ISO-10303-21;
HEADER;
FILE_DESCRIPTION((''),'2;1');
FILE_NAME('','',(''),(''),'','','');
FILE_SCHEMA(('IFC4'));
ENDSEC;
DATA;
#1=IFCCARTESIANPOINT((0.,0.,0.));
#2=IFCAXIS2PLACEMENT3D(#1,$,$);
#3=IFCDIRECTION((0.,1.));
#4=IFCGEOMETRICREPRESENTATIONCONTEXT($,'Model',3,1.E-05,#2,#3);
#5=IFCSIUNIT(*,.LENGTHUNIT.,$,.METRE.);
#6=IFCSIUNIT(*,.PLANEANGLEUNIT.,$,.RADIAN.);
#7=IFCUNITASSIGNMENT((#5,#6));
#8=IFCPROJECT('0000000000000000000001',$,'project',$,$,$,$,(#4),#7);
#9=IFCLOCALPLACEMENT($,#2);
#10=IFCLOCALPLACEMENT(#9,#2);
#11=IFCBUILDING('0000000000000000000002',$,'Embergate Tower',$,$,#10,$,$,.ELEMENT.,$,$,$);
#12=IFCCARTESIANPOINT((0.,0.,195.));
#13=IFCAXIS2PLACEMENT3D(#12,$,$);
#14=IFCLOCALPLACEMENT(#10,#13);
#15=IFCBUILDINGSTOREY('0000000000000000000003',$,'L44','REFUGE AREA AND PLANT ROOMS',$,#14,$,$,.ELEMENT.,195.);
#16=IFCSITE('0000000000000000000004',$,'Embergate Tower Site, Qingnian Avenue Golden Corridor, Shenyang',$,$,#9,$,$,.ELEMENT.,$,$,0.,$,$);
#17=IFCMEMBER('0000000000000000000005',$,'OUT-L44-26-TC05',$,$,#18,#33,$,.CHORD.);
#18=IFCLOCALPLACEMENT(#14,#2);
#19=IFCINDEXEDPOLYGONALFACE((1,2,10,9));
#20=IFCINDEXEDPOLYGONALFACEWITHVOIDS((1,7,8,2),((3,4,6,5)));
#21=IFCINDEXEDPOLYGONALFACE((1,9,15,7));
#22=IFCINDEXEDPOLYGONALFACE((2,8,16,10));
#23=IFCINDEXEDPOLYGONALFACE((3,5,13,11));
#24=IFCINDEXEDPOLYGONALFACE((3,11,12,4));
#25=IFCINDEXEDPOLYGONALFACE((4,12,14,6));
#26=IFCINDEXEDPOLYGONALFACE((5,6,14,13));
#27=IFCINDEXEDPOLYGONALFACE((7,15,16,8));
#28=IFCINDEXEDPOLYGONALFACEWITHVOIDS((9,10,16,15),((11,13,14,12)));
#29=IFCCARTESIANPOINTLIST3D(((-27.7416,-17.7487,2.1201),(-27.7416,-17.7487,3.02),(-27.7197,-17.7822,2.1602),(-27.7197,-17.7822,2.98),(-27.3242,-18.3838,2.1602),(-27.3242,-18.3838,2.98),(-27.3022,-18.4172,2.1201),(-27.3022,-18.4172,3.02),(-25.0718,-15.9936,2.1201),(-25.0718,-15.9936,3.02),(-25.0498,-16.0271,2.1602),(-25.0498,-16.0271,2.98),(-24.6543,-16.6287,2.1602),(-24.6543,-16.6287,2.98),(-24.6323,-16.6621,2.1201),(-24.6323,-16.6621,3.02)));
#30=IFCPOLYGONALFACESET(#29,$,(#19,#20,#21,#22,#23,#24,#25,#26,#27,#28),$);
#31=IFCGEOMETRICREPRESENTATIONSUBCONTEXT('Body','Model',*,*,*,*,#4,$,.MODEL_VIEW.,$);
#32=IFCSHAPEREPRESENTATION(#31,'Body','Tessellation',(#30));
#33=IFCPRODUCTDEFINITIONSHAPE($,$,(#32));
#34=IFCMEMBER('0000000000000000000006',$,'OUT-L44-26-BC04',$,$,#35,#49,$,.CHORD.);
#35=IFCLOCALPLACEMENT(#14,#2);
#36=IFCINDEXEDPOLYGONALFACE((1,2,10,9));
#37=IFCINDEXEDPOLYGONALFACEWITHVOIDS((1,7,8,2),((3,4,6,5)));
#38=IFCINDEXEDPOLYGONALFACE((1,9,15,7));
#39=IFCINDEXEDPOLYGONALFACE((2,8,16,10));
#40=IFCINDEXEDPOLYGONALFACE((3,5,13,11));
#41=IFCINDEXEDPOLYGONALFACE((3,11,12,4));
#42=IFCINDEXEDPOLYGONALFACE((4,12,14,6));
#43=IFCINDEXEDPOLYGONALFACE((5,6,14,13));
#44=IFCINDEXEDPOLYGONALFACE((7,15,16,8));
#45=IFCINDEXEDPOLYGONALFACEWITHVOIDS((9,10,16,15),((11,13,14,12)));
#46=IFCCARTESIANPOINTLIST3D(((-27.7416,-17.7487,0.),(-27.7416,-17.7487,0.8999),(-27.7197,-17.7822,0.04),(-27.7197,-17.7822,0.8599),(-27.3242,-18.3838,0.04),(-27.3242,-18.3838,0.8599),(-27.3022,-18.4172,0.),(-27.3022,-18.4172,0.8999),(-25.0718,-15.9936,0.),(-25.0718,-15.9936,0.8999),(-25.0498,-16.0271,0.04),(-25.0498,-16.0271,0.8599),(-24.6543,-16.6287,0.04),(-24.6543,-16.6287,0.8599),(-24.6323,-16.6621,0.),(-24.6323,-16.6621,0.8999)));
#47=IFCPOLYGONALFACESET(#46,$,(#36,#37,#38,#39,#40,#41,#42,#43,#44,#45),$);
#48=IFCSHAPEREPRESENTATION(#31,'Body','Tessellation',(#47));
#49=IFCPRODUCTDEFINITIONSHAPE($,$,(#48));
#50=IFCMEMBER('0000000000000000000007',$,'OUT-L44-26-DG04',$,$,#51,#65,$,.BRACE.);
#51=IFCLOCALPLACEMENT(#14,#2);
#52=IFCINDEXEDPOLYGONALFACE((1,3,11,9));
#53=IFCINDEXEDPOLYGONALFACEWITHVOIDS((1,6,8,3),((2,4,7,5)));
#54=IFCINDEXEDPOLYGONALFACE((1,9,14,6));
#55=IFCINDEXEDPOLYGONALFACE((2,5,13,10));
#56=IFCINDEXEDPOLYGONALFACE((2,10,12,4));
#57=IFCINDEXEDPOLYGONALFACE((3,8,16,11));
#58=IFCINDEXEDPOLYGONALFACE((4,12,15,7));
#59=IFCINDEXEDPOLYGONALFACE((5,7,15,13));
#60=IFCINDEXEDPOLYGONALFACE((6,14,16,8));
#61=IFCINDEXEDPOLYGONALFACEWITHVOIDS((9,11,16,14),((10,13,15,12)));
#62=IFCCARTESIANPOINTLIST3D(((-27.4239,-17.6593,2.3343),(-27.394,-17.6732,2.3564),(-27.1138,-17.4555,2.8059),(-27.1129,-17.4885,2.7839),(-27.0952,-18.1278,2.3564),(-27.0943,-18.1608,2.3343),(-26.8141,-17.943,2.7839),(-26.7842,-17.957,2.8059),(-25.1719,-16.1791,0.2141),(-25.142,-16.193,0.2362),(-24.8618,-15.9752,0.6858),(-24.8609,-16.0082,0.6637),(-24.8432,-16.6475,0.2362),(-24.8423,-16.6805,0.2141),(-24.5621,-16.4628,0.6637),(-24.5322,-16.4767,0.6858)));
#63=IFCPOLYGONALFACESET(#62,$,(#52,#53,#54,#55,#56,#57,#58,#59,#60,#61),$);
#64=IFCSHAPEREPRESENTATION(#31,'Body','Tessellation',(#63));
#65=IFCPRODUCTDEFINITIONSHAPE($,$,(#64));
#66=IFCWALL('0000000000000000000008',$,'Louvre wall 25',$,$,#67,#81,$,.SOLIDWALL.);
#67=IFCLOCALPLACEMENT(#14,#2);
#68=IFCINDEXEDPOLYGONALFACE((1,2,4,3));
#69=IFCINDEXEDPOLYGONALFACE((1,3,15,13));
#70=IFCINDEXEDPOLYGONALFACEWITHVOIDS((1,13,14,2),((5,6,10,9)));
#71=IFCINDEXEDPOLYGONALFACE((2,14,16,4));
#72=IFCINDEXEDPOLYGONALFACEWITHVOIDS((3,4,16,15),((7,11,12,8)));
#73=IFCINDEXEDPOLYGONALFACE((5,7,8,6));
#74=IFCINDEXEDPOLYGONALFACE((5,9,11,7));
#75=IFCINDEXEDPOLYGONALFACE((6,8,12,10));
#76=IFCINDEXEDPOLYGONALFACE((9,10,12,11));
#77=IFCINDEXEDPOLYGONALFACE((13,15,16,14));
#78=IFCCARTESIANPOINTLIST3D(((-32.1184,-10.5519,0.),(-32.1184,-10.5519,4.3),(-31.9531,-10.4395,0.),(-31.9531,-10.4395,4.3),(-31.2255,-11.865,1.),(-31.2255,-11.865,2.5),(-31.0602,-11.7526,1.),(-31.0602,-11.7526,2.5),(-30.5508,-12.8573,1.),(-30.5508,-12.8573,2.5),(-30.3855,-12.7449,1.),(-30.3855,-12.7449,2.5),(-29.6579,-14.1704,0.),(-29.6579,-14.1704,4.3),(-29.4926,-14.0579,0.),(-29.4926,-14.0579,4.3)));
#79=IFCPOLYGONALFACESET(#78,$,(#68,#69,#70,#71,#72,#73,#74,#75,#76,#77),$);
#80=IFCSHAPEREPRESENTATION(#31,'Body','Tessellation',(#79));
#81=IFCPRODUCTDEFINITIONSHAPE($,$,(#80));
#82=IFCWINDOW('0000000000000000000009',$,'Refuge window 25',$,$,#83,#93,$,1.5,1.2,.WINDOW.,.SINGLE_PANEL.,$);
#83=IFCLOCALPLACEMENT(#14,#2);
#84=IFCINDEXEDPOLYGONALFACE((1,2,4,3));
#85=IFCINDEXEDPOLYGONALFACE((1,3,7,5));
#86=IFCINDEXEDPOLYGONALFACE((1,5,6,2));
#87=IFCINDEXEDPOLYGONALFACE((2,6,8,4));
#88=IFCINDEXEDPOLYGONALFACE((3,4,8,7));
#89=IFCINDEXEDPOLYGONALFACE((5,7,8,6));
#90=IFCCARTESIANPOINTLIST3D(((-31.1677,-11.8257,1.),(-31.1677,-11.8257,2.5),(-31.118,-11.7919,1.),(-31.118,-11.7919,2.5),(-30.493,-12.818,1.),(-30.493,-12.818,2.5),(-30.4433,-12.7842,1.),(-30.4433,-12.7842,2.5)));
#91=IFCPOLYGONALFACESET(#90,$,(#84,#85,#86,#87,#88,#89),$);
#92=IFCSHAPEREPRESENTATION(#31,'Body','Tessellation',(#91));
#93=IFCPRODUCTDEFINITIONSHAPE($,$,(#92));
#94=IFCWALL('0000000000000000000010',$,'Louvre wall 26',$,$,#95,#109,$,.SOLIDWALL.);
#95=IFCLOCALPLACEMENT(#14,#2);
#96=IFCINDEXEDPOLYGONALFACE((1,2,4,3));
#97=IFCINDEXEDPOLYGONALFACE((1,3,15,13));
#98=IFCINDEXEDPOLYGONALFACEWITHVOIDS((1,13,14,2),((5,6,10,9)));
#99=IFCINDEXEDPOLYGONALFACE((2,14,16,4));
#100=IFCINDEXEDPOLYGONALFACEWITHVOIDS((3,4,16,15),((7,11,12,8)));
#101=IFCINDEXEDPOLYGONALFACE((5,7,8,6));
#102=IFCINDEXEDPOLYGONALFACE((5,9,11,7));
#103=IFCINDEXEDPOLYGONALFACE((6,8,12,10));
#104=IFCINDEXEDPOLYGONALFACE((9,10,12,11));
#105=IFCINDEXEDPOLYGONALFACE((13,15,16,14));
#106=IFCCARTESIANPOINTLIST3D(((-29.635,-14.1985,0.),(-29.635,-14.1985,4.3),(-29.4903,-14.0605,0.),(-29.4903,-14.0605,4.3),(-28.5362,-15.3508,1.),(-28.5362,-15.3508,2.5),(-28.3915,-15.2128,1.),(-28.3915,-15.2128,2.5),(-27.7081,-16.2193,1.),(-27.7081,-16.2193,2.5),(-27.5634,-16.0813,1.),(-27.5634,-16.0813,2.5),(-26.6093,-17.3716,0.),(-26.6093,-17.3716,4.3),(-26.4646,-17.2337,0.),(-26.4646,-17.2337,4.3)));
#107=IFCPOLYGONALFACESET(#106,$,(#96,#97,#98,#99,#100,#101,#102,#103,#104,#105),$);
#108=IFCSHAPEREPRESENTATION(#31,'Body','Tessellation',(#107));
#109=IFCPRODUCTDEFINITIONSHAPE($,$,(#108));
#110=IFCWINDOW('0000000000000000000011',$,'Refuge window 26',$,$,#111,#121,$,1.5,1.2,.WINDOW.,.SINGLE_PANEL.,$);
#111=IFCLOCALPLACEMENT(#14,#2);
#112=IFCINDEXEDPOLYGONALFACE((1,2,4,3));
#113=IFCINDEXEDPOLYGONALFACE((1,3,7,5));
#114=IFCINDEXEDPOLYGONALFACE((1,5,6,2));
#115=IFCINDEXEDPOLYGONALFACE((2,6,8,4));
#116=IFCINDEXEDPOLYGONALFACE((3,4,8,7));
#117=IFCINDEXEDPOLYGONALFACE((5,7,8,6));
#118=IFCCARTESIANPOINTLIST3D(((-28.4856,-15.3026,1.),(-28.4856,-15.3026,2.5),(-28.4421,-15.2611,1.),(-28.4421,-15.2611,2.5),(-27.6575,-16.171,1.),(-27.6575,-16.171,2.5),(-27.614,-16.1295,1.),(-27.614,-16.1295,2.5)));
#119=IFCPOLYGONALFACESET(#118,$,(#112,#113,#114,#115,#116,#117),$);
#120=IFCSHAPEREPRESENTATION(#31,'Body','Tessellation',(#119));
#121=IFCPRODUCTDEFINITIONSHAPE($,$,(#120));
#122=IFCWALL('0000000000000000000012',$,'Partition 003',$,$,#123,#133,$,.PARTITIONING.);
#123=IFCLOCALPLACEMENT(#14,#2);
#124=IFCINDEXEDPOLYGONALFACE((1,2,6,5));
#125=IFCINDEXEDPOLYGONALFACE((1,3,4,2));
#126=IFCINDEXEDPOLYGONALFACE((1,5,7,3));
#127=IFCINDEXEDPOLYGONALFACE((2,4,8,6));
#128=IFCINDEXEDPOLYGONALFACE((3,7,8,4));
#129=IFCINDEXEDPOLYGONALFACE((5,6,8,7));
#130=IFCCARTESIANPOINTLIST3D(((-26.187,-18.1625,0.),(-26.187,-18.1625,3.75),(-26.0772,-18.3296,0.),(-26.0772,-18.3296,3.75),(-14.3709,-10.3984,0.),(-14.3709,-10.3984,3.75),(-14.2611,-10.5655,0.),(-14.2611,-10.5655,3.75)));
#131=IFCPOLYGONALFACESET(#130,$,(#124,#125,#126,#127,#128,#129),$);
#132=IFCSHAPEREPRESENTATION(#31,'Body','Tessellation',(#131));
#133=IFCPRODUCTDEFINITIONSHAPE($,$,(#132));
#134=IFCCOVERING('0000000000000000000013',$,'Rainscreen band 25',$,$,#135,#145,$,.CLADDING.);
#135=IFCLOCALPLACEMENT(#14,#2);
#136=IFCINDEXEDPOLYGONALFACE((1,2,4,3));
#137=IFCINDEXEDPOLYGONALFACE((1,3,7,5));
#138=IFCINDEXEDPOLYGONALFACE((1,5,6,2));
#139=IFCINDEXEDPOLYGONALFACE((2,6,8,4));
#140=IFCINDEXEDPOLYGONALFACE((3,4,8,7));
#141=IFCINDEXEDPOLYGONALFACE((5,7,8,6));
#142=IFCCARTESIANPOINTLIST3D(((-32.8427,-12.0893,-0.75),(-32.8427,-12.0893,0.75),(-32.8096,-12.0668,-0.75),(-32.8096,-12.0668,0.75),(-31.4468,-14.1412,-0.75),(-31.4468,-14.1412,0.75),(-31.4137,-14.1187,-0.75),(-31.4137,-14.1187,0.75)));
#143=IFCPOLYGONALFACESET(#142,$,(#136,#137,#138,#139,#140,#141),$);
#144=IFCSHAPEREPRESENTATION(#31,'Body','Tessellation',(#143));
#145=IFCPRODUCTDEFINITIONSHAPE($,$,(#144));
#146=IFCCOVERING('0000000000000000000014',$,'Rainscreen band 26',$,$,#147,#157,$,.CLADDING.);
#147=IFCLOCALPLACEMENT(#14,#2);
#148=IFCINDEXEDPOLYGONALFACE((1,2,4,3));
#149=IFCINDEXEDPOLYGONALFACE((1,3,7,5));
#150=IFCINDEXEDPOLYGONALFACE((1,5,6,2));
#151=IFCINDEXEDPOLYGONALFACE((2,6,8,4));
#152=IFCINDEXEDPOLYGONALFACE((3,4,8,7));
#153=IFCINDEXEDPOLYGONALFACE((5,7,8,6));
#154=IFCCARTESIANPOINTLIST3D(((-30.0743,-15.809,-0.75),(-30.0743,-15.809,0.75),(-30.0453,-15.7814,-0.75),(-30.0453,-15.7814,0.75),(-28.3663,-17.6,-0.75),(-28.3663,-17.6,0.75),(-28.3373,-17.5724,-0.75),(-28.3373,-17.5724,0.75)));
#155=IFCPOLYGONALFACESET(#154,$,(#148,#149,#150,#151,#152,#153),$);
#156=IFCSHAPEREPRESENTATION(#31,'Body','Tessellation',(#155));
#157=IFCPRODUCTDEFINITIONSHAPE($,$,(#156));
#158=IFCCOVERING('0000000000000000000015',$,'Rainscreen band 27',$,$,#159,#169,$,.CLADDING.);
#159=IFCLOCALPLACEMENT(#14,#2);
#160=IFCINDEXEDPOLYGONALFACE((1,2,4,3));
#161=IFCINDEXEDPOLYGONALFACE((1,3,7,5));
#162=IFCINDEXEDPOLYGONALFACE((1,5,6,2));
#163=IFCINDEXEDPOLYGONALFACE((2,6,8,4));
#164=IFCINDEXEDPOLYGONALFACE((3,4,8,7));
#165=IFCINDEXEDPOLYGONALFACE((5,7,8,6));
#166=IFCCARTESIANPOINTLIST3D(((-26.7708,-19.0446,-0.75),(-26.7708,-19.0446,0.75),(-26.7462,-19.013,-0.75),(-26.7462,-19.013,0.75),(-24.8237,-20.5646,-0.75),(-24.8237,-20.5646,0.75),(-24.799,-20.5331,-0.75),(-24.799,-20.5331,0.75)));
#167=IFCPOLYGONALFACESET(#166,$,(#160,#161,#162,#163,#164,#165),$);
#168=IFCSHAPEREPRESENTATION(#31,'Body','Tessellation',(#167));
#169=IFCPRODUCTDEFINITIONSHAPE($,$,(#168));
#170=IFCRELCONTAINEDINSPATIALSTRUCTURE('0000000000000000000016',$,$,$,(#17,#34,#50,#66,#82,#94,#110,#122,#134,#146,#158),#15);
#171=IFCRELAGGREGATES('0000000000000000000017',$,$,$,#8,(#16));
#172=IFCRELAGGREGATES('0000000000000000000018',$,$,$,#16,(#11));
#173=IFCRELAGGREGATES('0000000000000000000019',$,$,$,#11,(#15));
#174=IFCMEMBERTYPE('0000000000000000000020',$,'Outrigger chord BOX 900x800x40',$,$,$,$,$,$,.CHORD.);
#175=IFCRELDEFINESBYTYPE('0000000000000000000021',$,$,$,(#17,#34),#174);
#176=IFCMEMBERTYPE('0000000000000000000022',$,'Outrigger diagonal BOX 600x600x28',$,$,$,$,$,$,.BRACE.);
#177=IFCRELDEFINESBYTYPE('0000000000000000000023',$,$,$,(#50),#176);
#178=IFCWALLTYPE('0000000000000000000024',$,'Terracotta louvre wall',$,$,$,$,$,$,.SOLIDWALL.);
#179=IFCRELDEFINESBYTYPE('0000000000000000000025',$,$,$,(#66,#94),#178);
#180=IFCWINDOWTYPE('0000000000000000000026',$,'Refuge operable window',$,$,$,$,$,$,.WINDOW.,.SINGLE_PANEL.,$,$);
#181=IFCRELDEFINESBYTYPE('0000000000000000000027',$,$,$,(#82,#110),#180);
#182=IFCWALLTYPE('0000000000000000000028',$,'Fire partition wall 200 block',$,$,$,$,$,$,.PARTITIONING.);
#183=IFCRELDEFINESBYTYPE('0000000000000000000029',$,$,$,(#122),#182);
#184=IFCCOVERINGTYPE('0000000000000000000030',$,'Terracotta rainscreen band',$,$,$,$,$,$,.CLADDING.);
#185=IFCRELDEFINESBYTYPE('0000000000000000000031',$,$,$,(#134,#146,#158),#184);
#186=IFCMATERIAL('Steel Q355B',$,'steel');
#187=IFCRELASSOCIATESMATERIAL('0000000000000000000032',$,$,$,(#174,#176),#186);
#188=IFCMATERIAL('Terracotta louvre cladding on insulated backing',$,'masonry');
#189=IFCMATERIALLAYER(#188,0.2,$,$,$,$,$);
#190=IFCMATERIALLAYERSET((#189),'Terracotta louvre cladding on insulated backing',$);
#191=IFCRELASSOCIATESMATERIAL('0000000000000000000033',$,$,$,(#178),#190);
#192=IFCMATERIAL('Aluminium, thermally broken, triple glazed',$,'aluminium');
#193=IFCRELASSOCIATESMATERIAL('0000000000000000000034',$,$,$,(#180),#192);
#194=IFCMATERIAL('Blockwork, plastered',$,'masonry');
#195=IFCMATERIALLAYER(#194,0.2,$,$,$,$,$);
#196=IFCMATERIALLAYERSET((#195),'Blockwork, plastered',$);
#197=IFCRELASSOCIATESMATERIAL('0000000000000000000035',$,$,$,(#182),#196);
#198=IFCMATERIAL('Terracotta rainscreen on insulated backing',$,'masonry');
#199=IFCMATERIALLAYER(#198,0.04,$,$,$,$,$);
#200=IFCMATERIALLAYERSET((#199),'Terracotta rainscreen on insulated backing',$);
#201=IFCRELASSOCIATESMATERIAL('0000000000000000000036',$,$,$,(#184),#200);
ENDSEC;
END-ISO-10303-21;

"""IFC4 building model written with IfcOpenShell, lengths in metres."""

from ifc_helpers import new_model, si_unit, direction, frame, frame_2d, origin, origin_2d, place, context, subcontext, project, spatial, rectangle, hollow_rectangle, extrude, source, transform, mapped, material, layer, layer_set, material_profile, profile_set, type_object, element, fill, save


model = new_model("IFC4")

# Units and contexts
model_context = context("Model", 3, precision=1e-05, world=origin(), true_north=direction((0.0, 1.0)))
body_context = subcontext(model_context, "Body", "Model", "MODEL_VIEW")
ifc_project = project(units=[si_unit("LENGTHUNIT", "METRE"), si_unit("PLANEANGLEUNIT", "RADIAN")], contexts=[model_context])

# Site, building, storey
site_placement = place(None, origin())
site = spatial("IfcSite", under=ifc_project, at=site_placement, Name="Embergate Tower Site, Qingnian Avenue Golden Corridor, Shenyang", CompositionType="ELEMENT", RefElevation=0.0)
building_placement = place(site_placement, origin())
building = spatial("IfcBuilding", under=site, at=building_placement, Name="Embergate Tower", CompositionType="ELEMENT")
storey_placement = place(building_placement, frame((0.0, 0.0, 195.0)))
storey = spatial("IfcBuildingStorey", under=building, at=storey_placement, Name="L44", Description="REFUGE AREA AND PLANT ROOMS", CompositionType="ELEMENT", Elevation=195.0)

# Shared definitions
ifc_material_1 = material(Name="Steel Q355B", Category="steel")

# Members
ifc_material_profile_1 = material_profile(ifc_material_1, hollow_rectangle(XDim=0.8, YDim=0.8999, WallThickness=0.04, at=origin_2d()), Name="BOX 900x800x40")
ifc_profile_set_1 = profile_set([ifc_material_profile_1], Name="Steel Q355 grade B")
member_type_1 = type_object("IfcMemberType", Name="Outrigger chord BOX 900x800x40", PredefinedType="CHORD", material=ifc_profile_set_1)
shared_shape_1 = source(origin(), body_context, "Body", "SweptSolid", [
    extrude(hollow_rectangle(XDim=0.8, YDim=0.8999, WallThickness=0.04, at=origin_2d()), origin(), (0.0, 0.0, 1.0), 3.1951),
])
for number, where, z_axis, x_axis, name in (
    (1, (-24.8521, -16.3279, 2.5701), (-0.835618, -0.549311, 0.0), (0.549311, -0.835618, 0.0), "OUT-L44-26-TC05"),
    (2, (-24.8521, -16.3279, 0.45), (-0.835618, -0.549311, 0.0), (0.549311, -0.835618, 0.0), "OUT-L44-26-BC04"),
):
    element("IfcMember", number, at=place(storey_placement, frame(where, z_axis=z_axis, x_axis=x_axis)), inside=storey, type_object=member_type_1, Name=name, PredefinedType="CHORD", context=body_context, shape_type="MappedRepresentation", body=[
        mapped(shared_shape_1, transform((0.0, 0.0, 0.0))),
    ])
ifc_material_profile_2 = material_profile(ifc_material_1, hollow_rectangle(XDim=0.6001, YDim=0.6001, WallThickness=0.0281, at=origin_2d()), Name="BOX 600x600x28")
ifc_profile_set_2 = profile_set([ifc_material_profile_2], Name="Steel Q355 grade B")
member_type_2 = type_object("IfcMemberType", Name="Outrigger diagonal BOX 600x600x28", PredefinedType="BRACE", material=ifc_profile_set_2)
shared_shape_2 = source(origin(), body_context, "Body", "SweptSolid", [
    extrude(hollow_rectangle(XDim=0.6001, YDim=0.6001, WallThickness=0.0281, at=origin_2d()), origin(), (0.0, 0.0, 1.0), 3.429),
])
member_1_placement = place(storey_placement, frame((-24.8521, -16.3279, 0.45), z_axis=(-0.65676, -0.431693, 0.618311), x_axis=(0.549274, -0.835643, 0.0)))
element("IfcMember", 3, at=member_1_placement, inside=storey, type_object=member_type_2, Name="OUT-L44-26-DG04", PredefinedType="BRACE", context=body_context, shape_type="MappedRepresentation", body=[
    mapped(shared_shape_2, transform((0.0, 0.0, 0.0))),
])

# Walls, openings, windows
ifc_material_2 = material(Name="Terracotta louvre cladding on insulated backing", Category="masonry")
ifc_layer_1 = layer(ifc_material_2, 0.2)
ifc_layer_set_1 = layer_set([ifc_layer_1], Name="Terracotta louvre cladding on insulated backing")
wall_type_1 = type_object("IfcWallType", Name="Terracotta louvre wall", PredefinedType="SOLIDWALL", material=ifc_layer_set_1)
shared_shape_3 = source(origin(), body_context, "Body", "SweptSolid", [
    extrude(rectangle(XDim=4.3757, YDim=0.2, at=frame_2d((2.188, 0.0))), origin(), (0.0, 0.0, 1.0), 4.3),
])
wall_1_placement = place(storey_placement, frame((-29.5752, -14.1143, 0.0), z_axis=(0.0, 0.0, 1.0), x_axis=(-0.562299, 0.826934, 0.0)))
wall_1 = element("IfcWall", 4, at=wall_1_placement, inside=storey, type_object=wall_type_1, Name="Louvre wall 25", PredefinedType="SOLIDWALL", context=body_context, shape_type="MappedRepresentation", body=[
    mapped(shared_shape_3, transform((0.0, 0.0, 0.0))),
])
shared_shape_4 = source(origin(), body_context, "Body", "SweptSolid", [
    extrude(rectangle(XDim=1.2, YDim=1.5, at=frame_2d((0.6001, 0.75))), frame((0.0, 0.1099, 0.0), z_axis=(0.0, -1.0, 0.0), x_axis=(1.0, 0.0, 0.0)), (0.0, 0.0, 1.0), 0.22),
])
opening_1_placement = place(wall_1_placement, frame((1.5879, 0.0, 1.0)))
opening_1 = element("IfcOpeningElement", 5, at=opening_1_placement, cuts=wall_1, PredefinedType="OPENING", context=body_context, shape_type="MappedRepresentation", body=[
    mapped(shared_shape_4, transform((0.0, 0.0, 0.0))),
])
ifc_material_3 = material(Name="Aluminium, thermally broken, triple glazed", Category="aluminium")
window_type = type_object("IfcWindowType", Name="Refuge operable window", PartitioningType="SINGLE_PANEL", PredefinedType="WINDOW", material=ifc_material_3)
shared_shape_5 = source(origin(), body_context, "Body", "SweptSolid", [
    extrude(rectangle(XDim=1.2, YDim=1.5, at=frame_2d((0.6001, 0.75))), frame((0.0, 0.03, 0.0), z_axis=(0.0, -1.0, 0.0), x_axis=(1.0, 0.0, 0.0)), (0.0, 0.0, 1.0), 0.0601),
])
window_1_placement = place(opening_1_placement, origin())
window_1 = element("IfcWindow", 6, at=window_1_placement, inside=storey, type_object=window_type, Name="Refuge window 25", OverallHeight=1.5, OverallWidth=1.2, PartitioningType="SINGLE_PANEL", PredefinedType="WINDOW", context=body_context, shape_type="MappedRepresentation", body=[
    mapped(shared_shape_5, transform((0.0, 0.0, 0.0))),
])
fill(opening_1, window_1)
shared_shape_6 = source(origin(), body_context, "Body", "SweptSolid", [
    extrude(rectangle(XDim=4.3845, YDim=0.2, at=frame_2d((2.1924, 0.0))), origin(), (0.0, 0.0, 1.0), 4.3),
])
wall_2_placement = place(storey_placement, frame((-26.5369, -17.3027, 0.0), z_axis=(0.0, 0.0, 1.0), x_axis=(-0.69009, 0.723723, 0.0)))
wall_2 = element("IfcWall", 7, at=wall_2_placement, inside=storey, type_object=wall_type_1, Name="Louvre wall 26", PredefinedType="SOLIDWALL", context=body_context, shape_type="MappedRepresentation", body=[
    mapped(shared_shape_6, transform((0.0, 0.0, 0.0))),
])
opening_2_placement = place(wall_2_placement, frame((1.5923, 0.0, 1.0)))
opening_2 = element("IfcOpeningElement", 8, at=opening_2_placement, cuts=wall_2, PredefinedType="OPENING", context=body_context, shape_type="MappedRepresentation", body=[
    mapped(shared_shape_4, transform((0.0, 0.0, 0.0))),
])
window_2_placement = place(opening_2_placement, origin())
window_2 = element("IfcWindow", 9, at=window_2_placement, inside=storey, type_object=window_type, Name="Refuge window 26", OverallHeight=1.5, OverallWidth=1.2, PartitioningType="SINGLE_PANEL", PredefinedType="WINDOW", context=body_context, shape_type="MappedRepresentation", body=[
    mapped(shared_shape_5, transform((0.0, 0.0, 0.0))),
])
fill(opening_2, window_2)

# Wall
ifc_material_4 = material(Name="Blockwork, plastered", Category="masonry")
ifc_layer_2 = layer(ifc_material_4, 0.2)
ifc_layer_set_2 = layer_set([ifc_layer_2], Name="Blockwork, plastered")
wall_type_2 = type_object("IfcWallType", Name="Fire partition wall 200 block", PredefinedType="PARTITIONING", material=ifc_layer_set_2)
shared_shape_7 = source(origin(), body_context, "Body", "SweptSolid", [
    extrude(rectangle(XDim=14.1387, YDim=0.2, at=frame_2d((7.0693, 0.0))), origin(), (0.0, 0.0, 1.0), 3.75),
])
wall_3_placement = place(storey_placement, frame((-26.1321, -18.2461, 0.0), z_axis=(0.0, 0.0, 1.0), x_axis=(0.83573, 0.549141, 0.0)))
element("IfcWall", 10, at=wall_3_placement, inside=storey, type_object=wall_type_2, Name="Partition 003", PredefinedType="PARTITIONING", context=body_context, shape_type="MappedRepresentation", body=[
    mapped(shared_shape_7, transform((0.0, 0.0, 0.0))),
])

# Coverings
ifc_material_5 = material(Name="Terracotta rainscreen on insulated backing", Category="masonry")
ifc_layer_3 = layer(ifc_material_5, 0.04)
ifc_layer_set_3 = layer_set([ifc_layer_3], Name="Terracotta rainscreen on insulated backing")
covering_type = type_object("IfcCoveringType", Name="Terracotta rainscreen band", PredefinedType="CLADDING", material=ifc_layer_set_3)
shared_shape_8 = source(origin(), body_context, "Body", "SweptSolid", [
    extrude(rectangle(XDim=2.4817, YDim=0.04, at=origin_2d()), origin(), (0.0, 0.0, 1.0), 1.5),
])
covering_1_placement = place(storey_placement, frame((-32.1282, -13.104, -0.75), z_axis=(0.0, 0.0, 1.0), x_axis=(0.562486, -0.826807, 0.0)))
element("IfcCovering", 11, at=covering_1_placement, inside=storey, type_object=covering_type, Name="Rainscreen band 25", PredefinedType="CLADDING", context=body_context, shape_type="MappedRepresentation", body=[
    mapped(shared_shape_8, transform((0.0, 0.0, 0.0))),
])
shared_shape_9 = source(origin(), body_context, "Body", "SweptSolid", [
    extrude(rectangle(XDim=2.4749, YDim=0.04, at=origin_2d()), origin(), (0.0, 0.0, 1.0), 1.5),
])
covering_2_placement = place(storey_placement, frame((-29.2058, -16.6907, -0.75), z_axis=(0.0, 0.0, 1.0), x_axis=(0.690139, -0.723677, 0.0)))
element("IfcCovering", 12, at=covering_2_placement, inside=storey, type_object=covering_type, Name="Rainscreen band 26", PredefinedType="CLADDING", context=body_context, shape_type="MappedRepresentation", body=[
    mapped(shared_shape_9, transform((0.0, 0.0, 0.0))),
])
shared_shape_10 = source(origin(), body_context, "Body", "SweptSolid", [
    extrude(rectangle(XDim=2.4702, YDim=0.04, at=origin_2d()), origin(), (0.0, 0.0, 1.0), 1.5),
])
covering_3_placement = place(storey_placement, frame((-25.7849, -19.7888, -0.75), z_axis=(0.0, 0.0, 1.0), x_axis=(0.78824, -0.615368, 0.0)))
element("IfcCovering", 13, at=covering_3_placement, inside=storey, type_object=covering_type, Name="Rainscreen band 27", PredefinedType="CLADDING", context=body_context, shape_type="MappedRepresentation", body=[
    mapped(shared_shape_10, transform((0.0, 0.0, 0.0))),
])

save(model, "model.ifc")
